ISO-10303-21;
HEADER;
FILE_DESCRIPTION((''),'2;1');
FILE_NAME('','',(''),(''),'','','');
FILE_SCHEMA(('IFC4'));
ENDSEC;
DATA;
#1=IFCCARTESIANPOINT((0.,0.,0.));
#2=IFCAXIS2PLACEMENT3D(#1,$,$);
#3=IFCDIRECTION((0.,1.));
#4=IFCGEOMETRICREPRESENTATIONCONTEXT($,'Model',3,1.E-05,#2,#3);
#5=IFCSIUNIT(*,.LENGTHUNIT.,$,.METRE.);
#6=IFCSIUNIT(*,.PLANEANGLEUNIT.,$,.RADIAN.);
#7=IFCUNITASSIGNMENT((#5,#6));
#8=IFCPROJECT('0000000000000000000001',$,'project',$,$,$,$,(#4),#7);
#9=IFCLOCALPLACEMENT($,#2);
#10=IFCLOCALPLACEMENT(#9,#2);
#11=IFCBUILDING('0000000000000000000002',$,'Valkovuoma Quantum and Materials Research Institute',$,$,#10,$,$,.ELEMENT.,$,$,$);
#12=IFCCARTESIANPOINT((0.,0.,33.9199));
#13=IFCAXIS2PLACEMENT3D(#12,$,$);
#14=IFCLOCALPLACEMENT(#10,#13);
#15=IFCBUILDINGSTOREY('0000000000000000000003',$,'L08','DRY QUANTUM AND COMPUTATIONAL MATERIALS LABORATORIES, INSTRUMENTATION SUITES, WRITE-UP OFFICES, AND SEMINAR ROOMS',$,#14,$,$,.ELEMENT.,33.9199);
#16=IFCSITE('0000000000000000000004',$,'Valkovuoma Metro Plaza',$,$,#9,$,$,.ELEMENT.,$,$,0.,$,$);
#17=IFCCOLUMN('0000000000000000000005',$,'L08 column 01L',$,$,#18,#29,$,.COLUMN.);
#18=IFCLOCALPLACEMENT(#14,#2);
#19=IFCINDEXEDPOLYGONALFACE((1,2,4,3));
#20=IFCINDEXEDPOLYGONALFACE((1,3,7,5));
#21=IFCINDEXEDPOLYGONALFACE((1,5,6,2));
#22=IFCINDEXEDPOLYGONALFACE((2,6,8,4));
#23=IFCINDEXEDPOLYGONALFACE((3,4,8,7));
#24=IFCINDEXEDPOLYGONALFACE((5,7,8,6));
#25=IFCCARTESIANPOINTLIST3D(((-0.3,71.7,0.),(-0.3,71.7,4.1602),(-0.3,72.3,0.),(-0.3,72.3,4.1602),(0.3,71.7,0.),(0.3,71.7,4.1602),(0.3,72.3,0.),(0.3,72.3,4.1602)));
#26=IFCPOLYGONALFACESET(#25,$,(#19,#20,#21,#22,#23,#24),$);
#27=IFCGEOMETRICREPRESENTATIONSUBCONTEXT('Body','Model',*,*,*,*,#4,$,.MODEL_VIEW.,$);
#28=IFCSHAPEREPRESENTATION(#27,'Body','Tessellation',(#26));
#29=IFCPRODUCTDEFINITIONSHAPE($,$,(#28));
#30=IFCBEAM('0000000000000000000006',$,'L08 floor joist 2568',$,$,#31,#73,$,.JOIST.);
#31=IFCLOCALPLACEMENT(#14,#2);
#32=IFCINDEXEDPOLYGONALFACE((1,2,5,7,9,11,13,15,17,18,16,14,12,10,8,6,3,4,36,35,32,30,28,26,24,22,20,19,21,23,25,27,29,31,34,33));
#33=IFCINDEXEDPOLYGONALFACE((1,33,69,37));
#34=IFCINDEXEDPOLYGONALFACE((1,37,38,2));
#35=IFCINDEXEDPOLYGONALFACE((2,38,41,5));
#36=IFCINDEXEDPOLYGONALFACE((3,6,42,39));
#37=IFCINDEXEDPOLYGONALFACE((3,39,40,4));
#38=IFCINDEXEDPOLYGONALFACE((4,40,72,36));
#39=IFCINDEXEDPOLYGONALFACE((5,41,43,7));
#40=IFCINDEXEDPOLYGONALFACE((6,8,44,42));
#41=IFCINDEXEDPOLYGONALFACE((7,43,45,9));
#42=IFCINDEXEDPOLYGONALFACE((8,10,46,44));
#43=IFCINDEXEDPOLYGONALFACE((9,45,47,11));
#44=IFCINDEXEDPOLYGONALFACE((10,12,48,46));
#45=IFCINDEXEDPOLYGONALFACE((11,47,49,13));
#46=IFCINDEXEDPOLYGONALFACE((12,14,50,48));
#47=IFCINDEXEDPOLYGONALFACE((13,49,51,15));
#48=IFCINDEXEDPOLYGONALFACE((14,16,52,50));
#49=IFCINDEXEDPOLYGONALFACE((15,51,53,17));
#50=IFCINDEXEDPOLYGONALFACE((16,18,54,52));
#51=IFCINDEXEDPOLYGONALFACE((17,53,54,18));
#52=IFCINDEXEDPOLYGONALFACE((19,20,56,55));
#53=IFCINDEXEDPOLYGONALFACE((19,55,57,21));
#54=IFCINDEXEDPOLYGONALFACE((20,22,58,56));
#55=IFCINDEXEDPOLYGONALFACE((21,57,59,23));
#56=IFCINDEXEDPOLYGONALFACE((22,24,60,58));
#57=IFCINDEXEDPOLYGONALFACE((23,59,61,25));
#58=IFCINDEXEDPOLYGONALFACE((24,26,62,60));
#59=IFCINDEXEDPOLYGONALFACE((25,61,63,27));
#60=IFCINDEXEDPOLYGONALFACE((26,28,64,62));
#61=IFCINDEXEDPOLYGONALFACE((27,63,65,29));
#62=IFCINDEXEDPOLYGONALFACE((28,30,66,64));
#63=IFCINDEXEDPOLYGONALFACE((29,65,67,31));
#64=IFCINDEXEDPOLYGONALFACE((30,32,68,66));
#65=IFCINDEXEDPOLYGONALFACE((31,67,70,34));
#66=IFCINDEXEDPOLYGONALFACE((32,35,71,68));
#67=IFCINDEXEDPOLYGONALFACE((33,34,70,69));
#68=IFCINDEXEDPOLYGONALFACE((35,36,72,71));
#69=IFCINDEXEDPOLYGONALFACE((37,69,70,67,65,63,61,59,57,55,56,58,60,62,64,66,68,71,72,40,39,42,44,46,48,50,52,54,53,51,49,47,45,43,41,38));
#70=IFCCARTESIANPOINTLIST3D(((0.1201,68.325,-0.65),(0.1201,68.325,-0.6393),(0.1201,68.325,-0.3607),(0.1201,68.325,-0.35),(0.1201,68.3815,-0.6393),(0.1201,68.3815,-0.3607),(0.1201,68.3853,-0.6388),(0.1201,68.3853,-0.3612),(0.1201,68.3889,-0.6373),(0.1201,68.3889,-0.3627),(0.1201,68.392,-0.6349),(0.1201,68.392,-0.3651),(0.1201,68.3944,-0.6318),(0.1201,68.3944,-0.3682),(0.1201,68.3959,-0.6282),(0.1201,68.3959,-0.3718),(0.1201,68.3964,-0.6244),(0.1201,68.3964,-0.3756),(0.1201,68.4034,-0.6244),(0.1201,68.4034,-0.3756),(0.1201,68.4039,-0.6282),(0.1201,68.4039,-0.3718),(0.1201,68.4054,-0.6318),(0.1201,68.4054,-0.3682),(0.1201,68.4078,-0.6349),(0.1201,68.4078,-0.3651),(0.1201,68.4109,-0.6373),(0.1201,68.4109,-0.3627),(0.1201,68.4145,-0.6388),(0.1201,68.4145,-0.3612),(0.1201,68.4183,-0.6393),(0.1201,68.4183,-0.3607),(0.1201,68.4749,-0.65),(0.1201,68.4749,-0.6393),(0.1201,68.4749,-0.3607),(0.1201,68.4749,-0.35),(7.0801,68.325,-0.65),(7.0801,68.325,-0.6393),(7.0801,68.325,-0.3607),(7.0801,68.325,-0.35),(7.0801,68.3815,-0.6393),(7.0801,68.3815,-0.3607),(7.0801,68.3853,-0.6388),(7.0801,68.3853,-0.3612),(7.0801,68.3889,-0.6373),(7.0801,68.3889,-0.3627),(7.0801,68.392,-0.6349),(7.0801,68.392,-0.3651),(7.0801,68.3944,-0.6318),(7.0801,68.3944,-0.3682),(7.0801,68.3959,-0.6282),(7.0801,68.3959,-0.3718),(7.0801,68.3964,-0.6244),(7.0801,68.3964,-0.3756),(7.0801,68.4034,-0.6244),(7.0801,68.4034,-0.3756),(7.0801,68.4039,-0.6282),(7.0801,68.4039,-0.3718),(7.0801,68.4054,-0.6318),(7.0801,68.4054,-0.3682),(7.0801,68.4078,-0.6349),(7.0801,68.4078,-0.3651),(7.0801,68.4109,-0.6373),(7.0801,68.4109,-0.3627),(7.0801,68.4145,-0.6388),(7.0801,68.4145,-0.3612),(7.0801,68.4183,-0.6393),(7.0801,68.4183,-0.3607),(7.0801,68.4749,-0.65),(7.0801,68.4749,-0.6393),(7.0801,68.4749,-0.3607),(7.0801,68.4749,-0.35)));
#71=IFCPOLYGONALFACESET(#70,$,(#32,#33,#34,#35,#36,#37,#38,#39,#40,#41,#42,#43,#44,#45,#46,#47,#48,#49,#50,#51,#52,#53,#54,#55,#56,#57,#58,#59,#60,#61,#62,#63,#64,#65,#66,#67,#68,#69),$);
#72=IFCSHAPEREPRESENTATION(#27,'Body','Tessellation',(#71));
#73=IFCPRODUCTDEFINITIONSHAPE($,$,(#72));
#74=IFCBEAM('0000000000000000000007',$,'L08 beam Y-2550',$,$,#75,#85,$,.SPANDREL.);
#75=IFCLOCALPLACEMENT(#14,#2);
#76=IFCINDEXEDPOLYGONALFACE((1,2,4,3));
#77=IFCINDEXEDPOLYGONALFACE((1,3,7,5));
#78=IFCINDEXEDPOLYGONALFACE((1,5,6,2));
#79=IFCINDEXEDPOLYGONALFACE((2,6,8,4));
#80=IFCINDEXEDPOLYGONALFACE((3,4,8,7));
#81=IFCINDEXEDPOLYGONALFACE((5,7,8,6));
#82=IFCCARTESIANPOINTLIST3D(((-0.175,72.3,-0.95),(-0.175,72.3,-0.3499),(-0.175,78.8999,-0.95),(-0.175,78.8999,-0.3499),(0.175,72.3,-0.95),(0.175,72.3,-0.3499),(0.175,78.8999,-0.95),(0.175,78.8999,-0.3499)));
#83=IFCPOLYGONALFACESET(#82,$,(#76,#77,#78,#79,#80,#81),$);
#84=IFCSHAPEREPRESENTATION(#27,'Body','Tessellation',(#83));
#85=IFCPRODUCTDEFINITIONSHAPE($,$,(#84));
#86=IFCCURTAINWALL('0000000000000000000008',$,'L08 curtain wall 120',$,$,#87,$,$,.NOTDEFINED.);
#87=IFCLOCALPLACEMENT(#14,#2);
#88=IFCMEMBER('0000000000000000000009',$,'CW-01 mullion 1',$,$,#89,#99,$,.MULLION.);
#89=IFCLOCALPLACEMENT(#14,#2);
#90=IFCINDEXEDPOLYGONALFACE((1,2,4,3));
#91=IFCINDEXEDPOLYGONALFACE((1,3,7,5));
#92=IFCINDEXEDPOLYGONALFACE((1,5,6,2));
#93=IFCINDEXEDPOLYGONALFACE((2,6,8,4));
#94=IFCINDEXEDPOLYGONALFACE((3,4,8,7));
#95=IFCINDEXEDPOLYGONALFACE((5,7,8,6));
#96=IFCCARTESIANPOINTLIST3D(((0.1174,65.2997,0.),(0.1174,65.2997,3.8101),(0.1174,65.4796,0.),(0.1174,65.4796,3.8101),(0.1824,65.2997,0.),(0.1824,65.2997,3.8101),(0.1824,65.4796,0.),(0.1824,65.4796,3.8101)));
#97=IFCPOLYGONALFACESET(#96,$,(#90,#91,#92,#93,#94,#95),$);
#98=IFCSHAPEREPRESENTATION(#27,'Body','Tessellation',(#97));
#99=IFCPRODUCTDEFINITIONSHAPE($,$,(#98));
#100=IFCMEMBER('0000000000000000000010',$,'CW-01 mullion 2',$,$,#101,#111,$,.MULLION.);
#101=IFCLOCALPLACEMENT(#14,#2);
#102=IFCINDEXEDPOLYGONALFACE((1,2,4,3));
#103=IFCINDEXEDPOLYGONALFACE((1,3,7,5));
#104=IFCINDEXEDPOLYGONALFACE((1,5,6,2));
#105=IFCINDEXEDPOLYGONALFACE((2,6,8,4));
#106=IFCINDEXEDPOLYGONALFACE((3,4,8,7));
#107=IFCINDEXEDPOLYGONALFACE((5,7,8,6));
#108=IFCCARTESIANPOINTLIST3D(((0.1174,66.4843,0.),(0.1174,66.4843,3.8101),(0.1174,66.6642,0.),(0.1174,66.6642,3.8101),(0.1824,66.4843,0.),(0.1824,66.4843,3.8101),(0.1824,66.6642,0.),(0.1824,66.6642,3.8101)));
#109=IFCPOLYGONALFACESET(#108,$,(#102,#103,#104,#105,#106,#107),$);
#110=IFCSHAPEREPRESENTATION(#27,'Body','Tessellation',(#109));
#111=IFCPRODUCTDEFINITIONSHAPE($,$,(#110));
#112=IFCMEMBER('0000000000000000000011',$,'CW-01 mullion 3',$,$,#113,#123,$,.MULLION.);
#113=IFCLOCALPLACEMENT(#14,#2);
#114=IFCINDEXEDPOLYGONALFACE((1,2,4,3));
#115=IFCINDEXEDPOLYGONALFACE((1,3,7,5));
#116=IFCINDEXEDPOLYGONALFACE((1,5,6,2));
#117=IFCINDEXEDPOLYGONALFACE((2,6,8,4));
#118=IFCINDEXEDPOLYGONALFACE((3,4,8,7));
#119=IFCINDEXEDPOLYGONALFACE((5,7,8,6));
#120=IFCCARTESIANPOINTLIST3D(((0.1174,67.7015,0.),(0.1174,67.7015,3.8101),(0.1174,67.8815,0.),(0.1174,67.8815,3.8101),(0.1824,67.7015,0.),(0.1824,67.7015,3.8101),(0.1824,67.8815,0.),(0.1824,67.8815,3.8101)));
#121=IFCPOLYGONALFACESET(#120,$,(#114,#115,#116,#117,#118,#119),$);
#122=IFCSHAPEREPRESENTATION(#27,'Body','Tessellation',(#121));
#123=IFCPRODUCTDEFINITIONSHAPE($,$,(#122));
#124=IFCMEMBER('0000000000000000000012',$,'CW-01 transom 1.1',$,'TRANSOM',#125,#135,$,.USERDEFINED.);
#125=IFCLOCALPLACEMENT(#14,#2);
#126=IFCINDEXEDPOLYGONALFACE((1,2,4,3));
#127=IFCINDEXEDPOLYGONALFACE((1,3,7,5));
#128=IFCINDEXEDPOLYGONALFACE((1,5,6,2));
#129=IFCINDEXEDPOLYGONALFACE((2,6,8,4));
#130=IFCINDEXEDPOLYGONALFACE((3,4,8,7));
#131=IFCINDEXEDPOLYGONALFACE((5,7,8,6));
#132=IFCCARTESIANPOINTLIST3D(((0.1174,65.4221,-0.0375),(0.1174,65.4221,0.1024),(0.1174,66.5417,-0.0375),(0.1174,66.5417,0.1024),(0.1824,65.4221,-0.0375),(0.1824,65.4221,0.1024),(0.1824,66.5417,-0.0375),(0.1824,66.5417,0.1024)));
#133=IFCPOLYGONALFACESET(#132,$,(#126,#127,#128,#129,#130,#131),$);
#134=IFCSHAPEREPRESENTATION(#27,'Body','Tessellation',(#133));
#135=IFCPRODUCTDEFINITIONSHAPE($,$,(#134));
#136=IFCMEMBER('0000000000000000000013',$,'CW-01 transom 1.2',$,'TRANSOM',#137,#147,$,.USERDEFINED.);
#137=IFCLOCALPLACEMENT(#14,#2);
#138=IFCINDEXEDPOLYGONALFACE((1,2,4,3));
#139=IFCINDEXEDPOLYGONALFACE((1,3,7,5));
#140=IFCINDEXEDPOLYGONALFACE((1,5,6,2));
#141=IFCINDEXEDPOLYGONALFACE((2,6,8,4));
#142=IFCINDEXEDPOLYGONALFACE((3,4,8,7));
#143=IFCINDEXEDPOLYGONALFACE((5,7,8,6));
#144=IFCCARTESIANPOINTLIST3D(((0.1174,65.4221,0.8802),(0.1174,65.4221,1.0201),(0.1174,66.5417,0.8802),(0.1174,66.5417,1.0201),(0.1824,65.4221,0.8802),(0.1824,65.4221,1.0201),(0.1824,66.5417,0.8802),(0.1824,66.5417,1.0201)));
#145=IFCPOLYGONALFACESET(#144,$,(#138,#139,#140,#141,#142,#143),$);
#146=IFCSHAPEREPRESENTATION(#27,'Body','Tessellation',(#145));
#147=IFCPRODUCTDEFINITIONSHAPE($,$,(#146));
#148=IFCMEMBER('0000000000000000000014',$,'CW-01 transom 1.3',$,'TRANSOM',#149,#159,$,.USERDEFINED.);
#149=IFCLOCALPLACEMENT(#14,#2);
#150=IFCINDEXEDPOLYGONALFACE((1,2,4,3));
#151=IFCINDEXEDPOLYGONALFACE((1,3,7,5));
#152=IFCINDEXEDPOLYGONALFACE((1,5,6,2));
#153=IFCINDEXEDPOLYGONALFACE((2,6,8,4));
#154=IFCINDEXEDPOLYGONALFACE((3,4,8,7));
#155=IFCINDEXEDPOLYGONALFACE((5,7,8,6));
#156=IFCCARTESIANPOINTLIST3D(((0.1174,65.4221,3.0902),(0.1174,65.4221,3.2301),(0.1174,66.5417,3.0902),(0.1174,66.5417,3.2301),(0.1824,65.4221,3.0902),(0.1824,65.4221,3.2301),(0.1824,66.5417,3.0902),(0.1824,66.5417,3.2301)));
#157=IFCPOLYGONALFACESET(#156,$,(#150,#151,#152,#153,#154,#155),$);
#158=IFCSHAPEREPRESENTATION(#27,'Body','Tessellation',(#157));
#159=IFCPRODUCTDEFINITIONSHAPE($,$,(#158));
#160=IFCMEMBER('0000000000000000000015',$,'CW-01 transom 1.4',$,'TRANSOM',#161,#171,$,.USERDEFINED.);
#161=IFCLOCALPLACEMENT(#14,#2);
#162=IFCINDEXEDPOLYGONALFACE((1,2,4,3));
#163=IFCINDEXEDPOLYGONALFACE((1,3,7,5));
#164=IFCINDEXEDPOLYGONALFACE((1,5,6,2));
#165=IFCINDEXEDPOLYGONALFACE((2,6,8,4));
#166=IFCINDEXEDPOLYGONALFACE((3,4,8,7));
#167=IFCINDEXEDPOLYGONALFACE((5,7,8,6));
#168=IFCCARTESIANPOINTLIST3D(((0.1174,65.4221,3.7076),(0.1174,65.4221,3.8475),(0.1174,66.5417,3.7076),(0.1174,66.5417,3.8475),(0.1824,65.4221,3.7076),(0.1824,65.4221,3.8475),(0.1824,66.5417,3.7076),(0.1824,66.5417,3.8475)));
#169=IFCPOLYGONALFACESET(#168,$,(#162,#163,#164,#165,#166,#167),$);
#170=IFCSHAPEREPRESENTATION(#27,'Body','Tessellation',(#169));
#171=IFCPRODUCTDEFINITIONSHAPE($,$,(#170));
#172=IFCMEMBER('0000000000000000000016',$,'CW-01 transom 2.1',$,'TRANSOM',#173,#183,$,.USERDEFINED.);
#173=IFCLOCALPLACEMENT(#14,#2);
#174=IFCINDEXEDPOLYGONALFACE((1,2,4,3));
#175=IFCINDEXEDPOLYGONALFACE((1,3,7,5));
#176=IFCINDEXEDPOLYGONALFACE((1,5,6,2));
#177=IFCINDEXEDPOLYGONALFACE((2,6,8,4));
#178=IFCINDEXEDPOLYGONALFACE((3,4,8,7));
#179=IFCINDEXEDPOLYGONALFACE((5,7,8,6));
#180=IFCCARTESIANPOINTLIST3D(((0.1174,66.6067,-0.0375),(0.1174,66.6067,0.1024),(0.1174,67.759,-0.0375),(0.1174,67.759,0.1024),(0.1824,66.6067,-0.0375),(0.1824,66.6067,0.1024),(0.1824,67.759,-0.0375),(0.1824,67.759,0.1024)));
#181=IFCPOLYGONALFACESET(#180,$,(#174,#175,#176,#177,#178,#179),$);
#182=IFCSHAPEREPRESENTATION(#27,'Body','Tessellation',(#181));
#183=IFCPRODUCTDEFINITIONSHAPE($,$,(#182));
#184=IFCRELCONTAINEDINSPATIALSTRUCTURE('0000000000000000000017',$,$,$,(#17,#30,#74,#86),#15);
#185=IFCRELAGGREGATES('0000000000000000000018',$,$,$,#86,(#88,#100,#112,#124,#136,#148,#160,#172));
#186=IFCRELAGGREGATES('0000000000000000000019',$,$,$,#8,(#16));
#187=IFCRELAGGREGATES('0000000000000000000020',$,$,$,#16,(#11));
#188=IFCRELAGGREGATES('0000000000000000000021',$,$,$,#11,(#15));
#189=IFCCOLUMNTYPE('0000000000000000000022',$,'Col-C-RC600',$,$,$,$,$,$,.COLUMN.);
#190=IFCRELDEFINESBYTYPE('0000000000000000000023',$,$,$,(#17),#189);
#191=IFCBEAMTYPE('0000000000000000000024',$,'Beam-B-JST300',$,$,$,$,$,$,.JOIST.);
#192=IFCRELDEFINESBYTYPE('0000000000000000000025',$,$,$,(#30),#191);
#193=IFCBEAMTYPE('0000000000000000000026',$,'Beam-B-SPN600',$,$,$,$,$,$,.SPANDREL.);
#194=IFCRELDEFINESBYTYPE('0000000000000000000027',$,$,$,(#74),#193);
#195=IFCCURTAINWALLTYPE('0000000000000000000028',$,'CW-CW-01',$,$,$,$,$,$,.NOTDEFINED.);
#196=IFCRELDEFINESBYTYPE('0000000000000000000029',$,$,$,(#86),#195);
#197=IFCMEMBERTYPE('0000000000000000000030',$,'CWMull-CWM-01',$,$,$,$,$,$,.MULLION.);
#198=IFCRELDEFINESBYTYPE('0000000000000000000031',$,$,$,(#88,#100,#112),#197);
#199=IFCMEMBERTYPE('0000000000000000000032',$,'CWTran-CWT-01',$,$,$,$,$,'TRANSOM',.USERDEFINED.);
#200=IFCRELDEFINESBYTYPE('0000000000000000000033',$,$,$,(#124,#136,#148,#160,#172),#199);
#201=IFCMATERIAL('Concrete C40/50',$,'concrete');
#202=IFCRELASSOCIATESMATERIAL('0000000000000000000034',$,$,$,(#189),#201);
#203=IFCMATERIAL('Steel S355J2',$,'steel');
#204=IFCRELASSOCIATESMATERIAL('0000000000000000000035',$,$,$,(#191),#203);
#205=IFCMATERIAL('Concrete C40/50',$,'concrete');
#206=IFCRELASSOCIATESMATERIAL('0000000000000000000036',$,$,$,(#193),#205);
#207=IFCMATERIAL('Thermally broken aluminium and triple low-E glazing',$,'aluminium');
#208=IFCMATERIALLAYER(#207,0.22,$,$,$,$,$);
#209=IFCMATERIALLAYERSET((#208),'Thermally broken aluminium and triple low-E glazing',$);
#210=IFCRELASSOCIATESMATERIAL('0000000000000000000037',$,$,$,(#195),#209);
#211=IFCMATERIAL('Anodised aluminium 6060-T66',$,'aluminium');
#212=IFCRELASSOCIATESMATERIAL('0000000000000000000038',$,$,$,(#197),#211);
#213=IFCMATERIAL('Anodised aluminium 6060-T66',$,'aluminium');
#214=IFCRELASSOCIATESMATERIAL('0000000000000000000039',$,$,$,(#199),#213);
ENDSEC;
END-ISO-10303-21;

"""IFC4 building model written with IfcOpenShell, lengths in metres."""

from ifc_helpers import new_model, si_unit, direction, frame, origin, origin_2d, place, context, subcontext, project, spatial, rectangle, i_section, extrude, material, layer, layer_set, material_profile, profile_set, type_object, element, aggregate, save


model = new_model("IFC4")

# Units and contexts
model_context = context("Model", 3, precision=1e-05, world=origin(), true_north=direction((0.0, 1.0)))
body_context = subcontext(model_context, "Body", "Model", "MODEL_VIEW")
ifc_project = project(units=[si_unit("LENGTHUNIT", "METRE"), si_unit("PLANEANGLEUNIT", "RADIAN")], contexts=[model_context])

# Site, building, storey
site_placement = place(None, origin())
site = spatial("IfcSite", under=ifc_project, at=site_placement, Name="Valkovuoma Metro Plaza", CompositionType="ELEMENT", RefElevation=0.0)
building_placement = place(site_placement, origin())
building = spatial("IfcBuilding", under=site, at=building_placement, Name="Valkovuoma Quantum and Materials Research Institute", CompositionType="ELEMENT")
storey_placement = place(building_placement, frame((0.0, 0.0, 33.9199)))
storey = spatial("IfcBuildingStorey", under=building, at=storey_placement, Name="L08", Description="DRY QUANTUM AND COMPUTATIONAL MATERIALS LABORATORIES, INSTRUMENTATION SUITES, WRITE-UP OFFICES, AND SEMINAR ROOMS", CompositionType="ELEMENT", Elevation=33.9199)

# Column
ifc_material_1 = material(Name="Concrete C40/50", Category="concrete")
ifc_material_profile_1 = material_profile(ifc_material_1, rectangle(XDim=0.6001, YDim=0.6001, at=origin_2d()), Name="Concrete C40/50")
ifc_profile_set_1 = profile_set([ifc_material_profile_1], Name="Concrete C40/50")
column_type = type_object("IfcColumnType", Name="Col-C-RC600", PredefinedType="COLUMN", material=ifc_profile_set_1)
column_placement = place(storey_placement, frame((0.0, 72.0, 0.0), z_axis=(0.0, 0.0, 1.0), x_axis=(1.0, 0.0, 0.0)))
element("IfcColumn", 1, at=column_placement, inside=storey, type_object=column_type, Name="L08 column 01L", PredefinedType="COLUMN", context=body_context, shape_type="SweptSolid", body=[
    extrude(rectangle(XDim=0.6001, YDim=0.6001, at=origin_2d()), origin(), (0.0, 0.0, 1.0), 4.1602),
])

# Beams
ifc_material_2 = material(Name="Steel S355J2", Category="steel")
ifc_material_profile_2 = material_profile(ifc_material_2, i_section(OverallWidth=0.1499, OverallDepth=0.3, WebThickness=0.0071, FlangeThickness=0.0107, FilletRadius=0.0149, at=origin_2d()), Name="Steel S355J2")
ifc_profile_set_2 = profile_set([ifc_material_profile_2], Name="Steel S355J2")
beam_type_1 = type_object("IfcBeamType", Name="Beam-B-JST300", PredefinedType="JOIST", material=ifc_profile_set_2)
beam_1_placement = place(storey_placement, frame((0.1201, 68.3999, -0.5), z_axis=(1.0, 0.0, 0.0), x_axis=(0.0, 1.0, 0.0)))
element("IfcBeam", 2, at=beam_1_placement, inside=storey, type_object=beam_type_1, Name="L08 floor joist 2568", PredefinedType="JOIST", context=body_context, shape_type="SweptSolid", body=[
    extrude(i_section(OverallWidth=0.1499, OverallDepth=0.3, WebThickness=0.0071, FlangeThickness=0.0107, FilletRadius=0.0149, at=origin_2d()), origin(), (0.0, 0.0, 1.0), 6.96),
])
ifc_material_3 = material(Name="Concrete C40/50", Category="concrete")
ifc_material_profile_3 = material_profile(ifc_material_3, rectangle(XDim=0.3501, YDim=0.6001, at=origin_2d()), Name="Concrete C40/50")
ifc_profile_set_3 = profile_set([ifc_material_profile_3], Name="Concrete C40/50")
beam_type_2 = type_object("IfcBeamType", Name="Beam-B-SPN600", PredefinedType="SPANDREL", material=ifc_profile_set_3)
beam_2_placement = place(storey_placement, frame((0.0, 72.3, -0.6499), z_axis=(0.0, 1.0, 0.0), x_axis=(-1.0, 0.0, 0.0)))
element("IfcBeam", 3, at=beam_2_placement, inside=storey, type_object=beam_type_2, Name="L08 beam Y-2550", PredefinedType="SPANDREL", context=body_context, shape_type="SweptSolid", body=[
    extrude(rectangle(XDim=0.3501, YDim=0.6001, at=origin_2d()), origin(), (0.0, 0.0, 1.0), 6.5999),
])

# Curtain wall, members
ifc_material_4 = material(Name="Thermally broken aluminium and triple low-E glazing", Category="aluminium")
ifc_layer_1 = layer(ifc_material_4, 0.22)
ifc_layer_set_1 = layer_set([ifc_layer_1], Name="Thermally broken aluminium and triple low-E glazing")
curtain_wall_type = type_object("IfcCurtainWallType", Name="CW-CW-01", PredefinedType="NOTDEFINED", material=ifc_layer_set_1)
curtain_wall_placement = place(storey_placement, origin())
curtain_wall = element("IfcCurtainWall", 4, at=curtain_wall_placement, inside=storey, type_object=curtain_wall_type, Name="L08 curtain wall 120", PredefinedType="NOTDEFINED")
ifc_material_5 = material(Name="Anodised aluminium 6060-T66", Category="aluminium")
ifc_material_profile_4 = material_profile(ifc_material_5, rectangle(XDim=0.0649, YDim=0.1799, at=origin_2d()), Name="Anodised aluminium 6060-T66")
ifc_profile_set_4 = profile_set([ifc_material_profile_4], Name="Anodised aluminium 6060-T66")
member_type_1 = type_object("IfcMemberType", Name="CWMull-CWM-01", PredefinedType="MULLION", material=ifc_profile_set_4)
member_1_placement = place(storey_placement, frame((0.1499, 65.3896, 0.0), z_axis=(0.0, 0.0, 1.0), x_axis=(-1.0, 0.0, 0.0)))
member_1 = element("IfcMember", 5, at=member_1_placement, type_object=member_type_1, Name="CW-01 mullion 1", PredefinedType="MULLION", context=body_context, shape_type="SweptSolid", body=[
    extrude(rectangle(XDim=0.0649, YDim=0.1799, at=origin_2d()), origin(), (0.0, 0.0, 1.0), 3.8101),
])
member_2_placement = place(storey_placement, frame((0.1499, 66.5742, 0.0), z_axis=(0.0, 0.0, 1.0), x_axis=(-1.0, 0.0, 0.0)))
member_2 = element("IfcMember", 6, at=member_2_placement, type_object=member_type_1, Name="CW-01 mullion 2", PredefinedType="MULLION", context=body_context, shape_type="SweptSolid", body=[
    extrude(rectangle(XDim=0.0649, YDim=0.1799, at=origin_2d()), origin(), (0.0, 0.0, 1.0), 3.8101),
])
member_3_placement = place(storey_placement, frame((0.1499, 67.7915, 0.0), z_axis=(0.0, 0.0, 1.0), x_axis=(-1.0, 0.0, 0.0)))
member_3 = element("IfcMember", 7, at=member_3_placement, type_object=member_type_1, Name="CW-01 mullion 3", PredefinedType="MULLION", context=body_context, shape_type="SweptSolid", body=[
    extrude(rectangle(XDim=0.0649, YDim=0.1799, at=origin_2d()), origin(), (0.0, 0.0, 1.0), 3.8101),
])
ifc_material_6 = material(Name="Anodised aluminium 6060-T66", Category="aluminium")
ifc_material_profile_5 = material_profile(ifc_material_6, rectangle(XDim=0.0649, YDim=0.1399, at=origin_2d()), Name="Anodised aluminium 6060-T66")
ifc_profile_set_5 = profile_set([ifc_material_profile_5], Name="Anodised aluminium 6060-T66")
member_type_2 = type_object("IfcMemberType", Name="CWTran-CWT-01", ElementType="TRANSOM", PredefinedType="USERDEFINED", material=ifc_profile_set_5)
member_4_placement = place(storey_placement, frame((0.1499, 65.4221, 0.0325), z_axis=(0.0, 1.0, 0.0), x_axis=(-1.0, 0.0, 0.0)))
member_4 = element("IfcMember", 8, at=member_4_placement, type_object=member_type_2, Name="CW-01 transom 1.1", ObjectType="TRANSOM", PredefinedType="USERDEFINED", context=body_context, shape_type="SweptSolid", body=[
    extrude(rectangle(XDim=0.0649, YDim=0.1399, at=origin_2d()), origin(), (0.0, 0.0, 1.0), 1.1196),
])
member_5_placement = place(storey_placement, frame((0.1499, 65.4221, 0.9502), z_axis=(0.0, 1.0, 0.0), x_axis=(-1.0, 0.0, 0.0)))
member_5 = element("IfcMember", 9, at=member_5_placement, type_object=member_type_2, Name="CW-01 transom 1.2", ObjectType="TRANSOM", PredefinedType="USERDEFINED", context=body_context, shape_type="SweptSolid", body=[
    extrude(rectangle(XDim=0.0649, YDim=0.1399, at=origin_2d()), origin(), (0.0, 0.0, 1.0), 1.1196),
])
member_6_placement = place(storey_placement, frame((0.1499, 65.4221, 3.1602), z_axis=(0.0, 1.0, 0.0), x_axis=(-1.0, 0.0, 0.0)))
member_6 = element("IfcMember", 10, at=member_6_placement, type_object=member_type_2, Name="CW-01 transom 1.3", ObjectType="TRANSOM", PredefinedType="USERDEFINED", context=body_context, shape_type="SweptSolid", body=[
    extrude(rectangle(XDim=0.0649, YDim=0.1399, at=origin_2d()), origin(), (0.0, 0.0, 1.0), 1.1196),
])
member_7_placement = place(storey_placement, frame((0.1499, 65.4221, 3.7776), z_axis=(0.0, 1.0, 0.0), x_axis=(-1.0, 0.0, 0.0)))
member_7 = element("IfcMember", 11, at=member_7_placement, type_object=member_type_2, Name="CW-01 transom 1.4", ObjectType="TRANSOM", PredefinedType="USERDEFINED", context=body_context, shape_type="SweptSolid", body=[
    extrude(rectangle(XDim=0.0649, YDim=0.1399, at=origin_2d()), origin(), (0.0, 0.0, 1.0), 1.1196),
])
member_8_placement = place(storey_placement, frame((0.1499, 66.6067, 0.0325), z_axis=(0.0, 1.0, 0.0), x_axis=(-1.0, 0.0, 0.0)))
member_8 = element("IfcMember", 12, at=member_8_placement, type_object=member_type_2, Name="CW-01 transom 2.1", ObjectType="TRANSOM", PredefinedType="USERDEFINED", context=body_context, shape_type="SweptSolid", body=[
    extrude(rectangle(XDim=0.0649, YDim=0.1399, at=origin_2d()), origin(), (0.0, 0.0, 1.0), 1.1523),
])
aggregate(curtain_wall, [member_1, member_2, member_3, member_4, member_5, member_6, member_7, member_8])

save(model, "model.ifc")
